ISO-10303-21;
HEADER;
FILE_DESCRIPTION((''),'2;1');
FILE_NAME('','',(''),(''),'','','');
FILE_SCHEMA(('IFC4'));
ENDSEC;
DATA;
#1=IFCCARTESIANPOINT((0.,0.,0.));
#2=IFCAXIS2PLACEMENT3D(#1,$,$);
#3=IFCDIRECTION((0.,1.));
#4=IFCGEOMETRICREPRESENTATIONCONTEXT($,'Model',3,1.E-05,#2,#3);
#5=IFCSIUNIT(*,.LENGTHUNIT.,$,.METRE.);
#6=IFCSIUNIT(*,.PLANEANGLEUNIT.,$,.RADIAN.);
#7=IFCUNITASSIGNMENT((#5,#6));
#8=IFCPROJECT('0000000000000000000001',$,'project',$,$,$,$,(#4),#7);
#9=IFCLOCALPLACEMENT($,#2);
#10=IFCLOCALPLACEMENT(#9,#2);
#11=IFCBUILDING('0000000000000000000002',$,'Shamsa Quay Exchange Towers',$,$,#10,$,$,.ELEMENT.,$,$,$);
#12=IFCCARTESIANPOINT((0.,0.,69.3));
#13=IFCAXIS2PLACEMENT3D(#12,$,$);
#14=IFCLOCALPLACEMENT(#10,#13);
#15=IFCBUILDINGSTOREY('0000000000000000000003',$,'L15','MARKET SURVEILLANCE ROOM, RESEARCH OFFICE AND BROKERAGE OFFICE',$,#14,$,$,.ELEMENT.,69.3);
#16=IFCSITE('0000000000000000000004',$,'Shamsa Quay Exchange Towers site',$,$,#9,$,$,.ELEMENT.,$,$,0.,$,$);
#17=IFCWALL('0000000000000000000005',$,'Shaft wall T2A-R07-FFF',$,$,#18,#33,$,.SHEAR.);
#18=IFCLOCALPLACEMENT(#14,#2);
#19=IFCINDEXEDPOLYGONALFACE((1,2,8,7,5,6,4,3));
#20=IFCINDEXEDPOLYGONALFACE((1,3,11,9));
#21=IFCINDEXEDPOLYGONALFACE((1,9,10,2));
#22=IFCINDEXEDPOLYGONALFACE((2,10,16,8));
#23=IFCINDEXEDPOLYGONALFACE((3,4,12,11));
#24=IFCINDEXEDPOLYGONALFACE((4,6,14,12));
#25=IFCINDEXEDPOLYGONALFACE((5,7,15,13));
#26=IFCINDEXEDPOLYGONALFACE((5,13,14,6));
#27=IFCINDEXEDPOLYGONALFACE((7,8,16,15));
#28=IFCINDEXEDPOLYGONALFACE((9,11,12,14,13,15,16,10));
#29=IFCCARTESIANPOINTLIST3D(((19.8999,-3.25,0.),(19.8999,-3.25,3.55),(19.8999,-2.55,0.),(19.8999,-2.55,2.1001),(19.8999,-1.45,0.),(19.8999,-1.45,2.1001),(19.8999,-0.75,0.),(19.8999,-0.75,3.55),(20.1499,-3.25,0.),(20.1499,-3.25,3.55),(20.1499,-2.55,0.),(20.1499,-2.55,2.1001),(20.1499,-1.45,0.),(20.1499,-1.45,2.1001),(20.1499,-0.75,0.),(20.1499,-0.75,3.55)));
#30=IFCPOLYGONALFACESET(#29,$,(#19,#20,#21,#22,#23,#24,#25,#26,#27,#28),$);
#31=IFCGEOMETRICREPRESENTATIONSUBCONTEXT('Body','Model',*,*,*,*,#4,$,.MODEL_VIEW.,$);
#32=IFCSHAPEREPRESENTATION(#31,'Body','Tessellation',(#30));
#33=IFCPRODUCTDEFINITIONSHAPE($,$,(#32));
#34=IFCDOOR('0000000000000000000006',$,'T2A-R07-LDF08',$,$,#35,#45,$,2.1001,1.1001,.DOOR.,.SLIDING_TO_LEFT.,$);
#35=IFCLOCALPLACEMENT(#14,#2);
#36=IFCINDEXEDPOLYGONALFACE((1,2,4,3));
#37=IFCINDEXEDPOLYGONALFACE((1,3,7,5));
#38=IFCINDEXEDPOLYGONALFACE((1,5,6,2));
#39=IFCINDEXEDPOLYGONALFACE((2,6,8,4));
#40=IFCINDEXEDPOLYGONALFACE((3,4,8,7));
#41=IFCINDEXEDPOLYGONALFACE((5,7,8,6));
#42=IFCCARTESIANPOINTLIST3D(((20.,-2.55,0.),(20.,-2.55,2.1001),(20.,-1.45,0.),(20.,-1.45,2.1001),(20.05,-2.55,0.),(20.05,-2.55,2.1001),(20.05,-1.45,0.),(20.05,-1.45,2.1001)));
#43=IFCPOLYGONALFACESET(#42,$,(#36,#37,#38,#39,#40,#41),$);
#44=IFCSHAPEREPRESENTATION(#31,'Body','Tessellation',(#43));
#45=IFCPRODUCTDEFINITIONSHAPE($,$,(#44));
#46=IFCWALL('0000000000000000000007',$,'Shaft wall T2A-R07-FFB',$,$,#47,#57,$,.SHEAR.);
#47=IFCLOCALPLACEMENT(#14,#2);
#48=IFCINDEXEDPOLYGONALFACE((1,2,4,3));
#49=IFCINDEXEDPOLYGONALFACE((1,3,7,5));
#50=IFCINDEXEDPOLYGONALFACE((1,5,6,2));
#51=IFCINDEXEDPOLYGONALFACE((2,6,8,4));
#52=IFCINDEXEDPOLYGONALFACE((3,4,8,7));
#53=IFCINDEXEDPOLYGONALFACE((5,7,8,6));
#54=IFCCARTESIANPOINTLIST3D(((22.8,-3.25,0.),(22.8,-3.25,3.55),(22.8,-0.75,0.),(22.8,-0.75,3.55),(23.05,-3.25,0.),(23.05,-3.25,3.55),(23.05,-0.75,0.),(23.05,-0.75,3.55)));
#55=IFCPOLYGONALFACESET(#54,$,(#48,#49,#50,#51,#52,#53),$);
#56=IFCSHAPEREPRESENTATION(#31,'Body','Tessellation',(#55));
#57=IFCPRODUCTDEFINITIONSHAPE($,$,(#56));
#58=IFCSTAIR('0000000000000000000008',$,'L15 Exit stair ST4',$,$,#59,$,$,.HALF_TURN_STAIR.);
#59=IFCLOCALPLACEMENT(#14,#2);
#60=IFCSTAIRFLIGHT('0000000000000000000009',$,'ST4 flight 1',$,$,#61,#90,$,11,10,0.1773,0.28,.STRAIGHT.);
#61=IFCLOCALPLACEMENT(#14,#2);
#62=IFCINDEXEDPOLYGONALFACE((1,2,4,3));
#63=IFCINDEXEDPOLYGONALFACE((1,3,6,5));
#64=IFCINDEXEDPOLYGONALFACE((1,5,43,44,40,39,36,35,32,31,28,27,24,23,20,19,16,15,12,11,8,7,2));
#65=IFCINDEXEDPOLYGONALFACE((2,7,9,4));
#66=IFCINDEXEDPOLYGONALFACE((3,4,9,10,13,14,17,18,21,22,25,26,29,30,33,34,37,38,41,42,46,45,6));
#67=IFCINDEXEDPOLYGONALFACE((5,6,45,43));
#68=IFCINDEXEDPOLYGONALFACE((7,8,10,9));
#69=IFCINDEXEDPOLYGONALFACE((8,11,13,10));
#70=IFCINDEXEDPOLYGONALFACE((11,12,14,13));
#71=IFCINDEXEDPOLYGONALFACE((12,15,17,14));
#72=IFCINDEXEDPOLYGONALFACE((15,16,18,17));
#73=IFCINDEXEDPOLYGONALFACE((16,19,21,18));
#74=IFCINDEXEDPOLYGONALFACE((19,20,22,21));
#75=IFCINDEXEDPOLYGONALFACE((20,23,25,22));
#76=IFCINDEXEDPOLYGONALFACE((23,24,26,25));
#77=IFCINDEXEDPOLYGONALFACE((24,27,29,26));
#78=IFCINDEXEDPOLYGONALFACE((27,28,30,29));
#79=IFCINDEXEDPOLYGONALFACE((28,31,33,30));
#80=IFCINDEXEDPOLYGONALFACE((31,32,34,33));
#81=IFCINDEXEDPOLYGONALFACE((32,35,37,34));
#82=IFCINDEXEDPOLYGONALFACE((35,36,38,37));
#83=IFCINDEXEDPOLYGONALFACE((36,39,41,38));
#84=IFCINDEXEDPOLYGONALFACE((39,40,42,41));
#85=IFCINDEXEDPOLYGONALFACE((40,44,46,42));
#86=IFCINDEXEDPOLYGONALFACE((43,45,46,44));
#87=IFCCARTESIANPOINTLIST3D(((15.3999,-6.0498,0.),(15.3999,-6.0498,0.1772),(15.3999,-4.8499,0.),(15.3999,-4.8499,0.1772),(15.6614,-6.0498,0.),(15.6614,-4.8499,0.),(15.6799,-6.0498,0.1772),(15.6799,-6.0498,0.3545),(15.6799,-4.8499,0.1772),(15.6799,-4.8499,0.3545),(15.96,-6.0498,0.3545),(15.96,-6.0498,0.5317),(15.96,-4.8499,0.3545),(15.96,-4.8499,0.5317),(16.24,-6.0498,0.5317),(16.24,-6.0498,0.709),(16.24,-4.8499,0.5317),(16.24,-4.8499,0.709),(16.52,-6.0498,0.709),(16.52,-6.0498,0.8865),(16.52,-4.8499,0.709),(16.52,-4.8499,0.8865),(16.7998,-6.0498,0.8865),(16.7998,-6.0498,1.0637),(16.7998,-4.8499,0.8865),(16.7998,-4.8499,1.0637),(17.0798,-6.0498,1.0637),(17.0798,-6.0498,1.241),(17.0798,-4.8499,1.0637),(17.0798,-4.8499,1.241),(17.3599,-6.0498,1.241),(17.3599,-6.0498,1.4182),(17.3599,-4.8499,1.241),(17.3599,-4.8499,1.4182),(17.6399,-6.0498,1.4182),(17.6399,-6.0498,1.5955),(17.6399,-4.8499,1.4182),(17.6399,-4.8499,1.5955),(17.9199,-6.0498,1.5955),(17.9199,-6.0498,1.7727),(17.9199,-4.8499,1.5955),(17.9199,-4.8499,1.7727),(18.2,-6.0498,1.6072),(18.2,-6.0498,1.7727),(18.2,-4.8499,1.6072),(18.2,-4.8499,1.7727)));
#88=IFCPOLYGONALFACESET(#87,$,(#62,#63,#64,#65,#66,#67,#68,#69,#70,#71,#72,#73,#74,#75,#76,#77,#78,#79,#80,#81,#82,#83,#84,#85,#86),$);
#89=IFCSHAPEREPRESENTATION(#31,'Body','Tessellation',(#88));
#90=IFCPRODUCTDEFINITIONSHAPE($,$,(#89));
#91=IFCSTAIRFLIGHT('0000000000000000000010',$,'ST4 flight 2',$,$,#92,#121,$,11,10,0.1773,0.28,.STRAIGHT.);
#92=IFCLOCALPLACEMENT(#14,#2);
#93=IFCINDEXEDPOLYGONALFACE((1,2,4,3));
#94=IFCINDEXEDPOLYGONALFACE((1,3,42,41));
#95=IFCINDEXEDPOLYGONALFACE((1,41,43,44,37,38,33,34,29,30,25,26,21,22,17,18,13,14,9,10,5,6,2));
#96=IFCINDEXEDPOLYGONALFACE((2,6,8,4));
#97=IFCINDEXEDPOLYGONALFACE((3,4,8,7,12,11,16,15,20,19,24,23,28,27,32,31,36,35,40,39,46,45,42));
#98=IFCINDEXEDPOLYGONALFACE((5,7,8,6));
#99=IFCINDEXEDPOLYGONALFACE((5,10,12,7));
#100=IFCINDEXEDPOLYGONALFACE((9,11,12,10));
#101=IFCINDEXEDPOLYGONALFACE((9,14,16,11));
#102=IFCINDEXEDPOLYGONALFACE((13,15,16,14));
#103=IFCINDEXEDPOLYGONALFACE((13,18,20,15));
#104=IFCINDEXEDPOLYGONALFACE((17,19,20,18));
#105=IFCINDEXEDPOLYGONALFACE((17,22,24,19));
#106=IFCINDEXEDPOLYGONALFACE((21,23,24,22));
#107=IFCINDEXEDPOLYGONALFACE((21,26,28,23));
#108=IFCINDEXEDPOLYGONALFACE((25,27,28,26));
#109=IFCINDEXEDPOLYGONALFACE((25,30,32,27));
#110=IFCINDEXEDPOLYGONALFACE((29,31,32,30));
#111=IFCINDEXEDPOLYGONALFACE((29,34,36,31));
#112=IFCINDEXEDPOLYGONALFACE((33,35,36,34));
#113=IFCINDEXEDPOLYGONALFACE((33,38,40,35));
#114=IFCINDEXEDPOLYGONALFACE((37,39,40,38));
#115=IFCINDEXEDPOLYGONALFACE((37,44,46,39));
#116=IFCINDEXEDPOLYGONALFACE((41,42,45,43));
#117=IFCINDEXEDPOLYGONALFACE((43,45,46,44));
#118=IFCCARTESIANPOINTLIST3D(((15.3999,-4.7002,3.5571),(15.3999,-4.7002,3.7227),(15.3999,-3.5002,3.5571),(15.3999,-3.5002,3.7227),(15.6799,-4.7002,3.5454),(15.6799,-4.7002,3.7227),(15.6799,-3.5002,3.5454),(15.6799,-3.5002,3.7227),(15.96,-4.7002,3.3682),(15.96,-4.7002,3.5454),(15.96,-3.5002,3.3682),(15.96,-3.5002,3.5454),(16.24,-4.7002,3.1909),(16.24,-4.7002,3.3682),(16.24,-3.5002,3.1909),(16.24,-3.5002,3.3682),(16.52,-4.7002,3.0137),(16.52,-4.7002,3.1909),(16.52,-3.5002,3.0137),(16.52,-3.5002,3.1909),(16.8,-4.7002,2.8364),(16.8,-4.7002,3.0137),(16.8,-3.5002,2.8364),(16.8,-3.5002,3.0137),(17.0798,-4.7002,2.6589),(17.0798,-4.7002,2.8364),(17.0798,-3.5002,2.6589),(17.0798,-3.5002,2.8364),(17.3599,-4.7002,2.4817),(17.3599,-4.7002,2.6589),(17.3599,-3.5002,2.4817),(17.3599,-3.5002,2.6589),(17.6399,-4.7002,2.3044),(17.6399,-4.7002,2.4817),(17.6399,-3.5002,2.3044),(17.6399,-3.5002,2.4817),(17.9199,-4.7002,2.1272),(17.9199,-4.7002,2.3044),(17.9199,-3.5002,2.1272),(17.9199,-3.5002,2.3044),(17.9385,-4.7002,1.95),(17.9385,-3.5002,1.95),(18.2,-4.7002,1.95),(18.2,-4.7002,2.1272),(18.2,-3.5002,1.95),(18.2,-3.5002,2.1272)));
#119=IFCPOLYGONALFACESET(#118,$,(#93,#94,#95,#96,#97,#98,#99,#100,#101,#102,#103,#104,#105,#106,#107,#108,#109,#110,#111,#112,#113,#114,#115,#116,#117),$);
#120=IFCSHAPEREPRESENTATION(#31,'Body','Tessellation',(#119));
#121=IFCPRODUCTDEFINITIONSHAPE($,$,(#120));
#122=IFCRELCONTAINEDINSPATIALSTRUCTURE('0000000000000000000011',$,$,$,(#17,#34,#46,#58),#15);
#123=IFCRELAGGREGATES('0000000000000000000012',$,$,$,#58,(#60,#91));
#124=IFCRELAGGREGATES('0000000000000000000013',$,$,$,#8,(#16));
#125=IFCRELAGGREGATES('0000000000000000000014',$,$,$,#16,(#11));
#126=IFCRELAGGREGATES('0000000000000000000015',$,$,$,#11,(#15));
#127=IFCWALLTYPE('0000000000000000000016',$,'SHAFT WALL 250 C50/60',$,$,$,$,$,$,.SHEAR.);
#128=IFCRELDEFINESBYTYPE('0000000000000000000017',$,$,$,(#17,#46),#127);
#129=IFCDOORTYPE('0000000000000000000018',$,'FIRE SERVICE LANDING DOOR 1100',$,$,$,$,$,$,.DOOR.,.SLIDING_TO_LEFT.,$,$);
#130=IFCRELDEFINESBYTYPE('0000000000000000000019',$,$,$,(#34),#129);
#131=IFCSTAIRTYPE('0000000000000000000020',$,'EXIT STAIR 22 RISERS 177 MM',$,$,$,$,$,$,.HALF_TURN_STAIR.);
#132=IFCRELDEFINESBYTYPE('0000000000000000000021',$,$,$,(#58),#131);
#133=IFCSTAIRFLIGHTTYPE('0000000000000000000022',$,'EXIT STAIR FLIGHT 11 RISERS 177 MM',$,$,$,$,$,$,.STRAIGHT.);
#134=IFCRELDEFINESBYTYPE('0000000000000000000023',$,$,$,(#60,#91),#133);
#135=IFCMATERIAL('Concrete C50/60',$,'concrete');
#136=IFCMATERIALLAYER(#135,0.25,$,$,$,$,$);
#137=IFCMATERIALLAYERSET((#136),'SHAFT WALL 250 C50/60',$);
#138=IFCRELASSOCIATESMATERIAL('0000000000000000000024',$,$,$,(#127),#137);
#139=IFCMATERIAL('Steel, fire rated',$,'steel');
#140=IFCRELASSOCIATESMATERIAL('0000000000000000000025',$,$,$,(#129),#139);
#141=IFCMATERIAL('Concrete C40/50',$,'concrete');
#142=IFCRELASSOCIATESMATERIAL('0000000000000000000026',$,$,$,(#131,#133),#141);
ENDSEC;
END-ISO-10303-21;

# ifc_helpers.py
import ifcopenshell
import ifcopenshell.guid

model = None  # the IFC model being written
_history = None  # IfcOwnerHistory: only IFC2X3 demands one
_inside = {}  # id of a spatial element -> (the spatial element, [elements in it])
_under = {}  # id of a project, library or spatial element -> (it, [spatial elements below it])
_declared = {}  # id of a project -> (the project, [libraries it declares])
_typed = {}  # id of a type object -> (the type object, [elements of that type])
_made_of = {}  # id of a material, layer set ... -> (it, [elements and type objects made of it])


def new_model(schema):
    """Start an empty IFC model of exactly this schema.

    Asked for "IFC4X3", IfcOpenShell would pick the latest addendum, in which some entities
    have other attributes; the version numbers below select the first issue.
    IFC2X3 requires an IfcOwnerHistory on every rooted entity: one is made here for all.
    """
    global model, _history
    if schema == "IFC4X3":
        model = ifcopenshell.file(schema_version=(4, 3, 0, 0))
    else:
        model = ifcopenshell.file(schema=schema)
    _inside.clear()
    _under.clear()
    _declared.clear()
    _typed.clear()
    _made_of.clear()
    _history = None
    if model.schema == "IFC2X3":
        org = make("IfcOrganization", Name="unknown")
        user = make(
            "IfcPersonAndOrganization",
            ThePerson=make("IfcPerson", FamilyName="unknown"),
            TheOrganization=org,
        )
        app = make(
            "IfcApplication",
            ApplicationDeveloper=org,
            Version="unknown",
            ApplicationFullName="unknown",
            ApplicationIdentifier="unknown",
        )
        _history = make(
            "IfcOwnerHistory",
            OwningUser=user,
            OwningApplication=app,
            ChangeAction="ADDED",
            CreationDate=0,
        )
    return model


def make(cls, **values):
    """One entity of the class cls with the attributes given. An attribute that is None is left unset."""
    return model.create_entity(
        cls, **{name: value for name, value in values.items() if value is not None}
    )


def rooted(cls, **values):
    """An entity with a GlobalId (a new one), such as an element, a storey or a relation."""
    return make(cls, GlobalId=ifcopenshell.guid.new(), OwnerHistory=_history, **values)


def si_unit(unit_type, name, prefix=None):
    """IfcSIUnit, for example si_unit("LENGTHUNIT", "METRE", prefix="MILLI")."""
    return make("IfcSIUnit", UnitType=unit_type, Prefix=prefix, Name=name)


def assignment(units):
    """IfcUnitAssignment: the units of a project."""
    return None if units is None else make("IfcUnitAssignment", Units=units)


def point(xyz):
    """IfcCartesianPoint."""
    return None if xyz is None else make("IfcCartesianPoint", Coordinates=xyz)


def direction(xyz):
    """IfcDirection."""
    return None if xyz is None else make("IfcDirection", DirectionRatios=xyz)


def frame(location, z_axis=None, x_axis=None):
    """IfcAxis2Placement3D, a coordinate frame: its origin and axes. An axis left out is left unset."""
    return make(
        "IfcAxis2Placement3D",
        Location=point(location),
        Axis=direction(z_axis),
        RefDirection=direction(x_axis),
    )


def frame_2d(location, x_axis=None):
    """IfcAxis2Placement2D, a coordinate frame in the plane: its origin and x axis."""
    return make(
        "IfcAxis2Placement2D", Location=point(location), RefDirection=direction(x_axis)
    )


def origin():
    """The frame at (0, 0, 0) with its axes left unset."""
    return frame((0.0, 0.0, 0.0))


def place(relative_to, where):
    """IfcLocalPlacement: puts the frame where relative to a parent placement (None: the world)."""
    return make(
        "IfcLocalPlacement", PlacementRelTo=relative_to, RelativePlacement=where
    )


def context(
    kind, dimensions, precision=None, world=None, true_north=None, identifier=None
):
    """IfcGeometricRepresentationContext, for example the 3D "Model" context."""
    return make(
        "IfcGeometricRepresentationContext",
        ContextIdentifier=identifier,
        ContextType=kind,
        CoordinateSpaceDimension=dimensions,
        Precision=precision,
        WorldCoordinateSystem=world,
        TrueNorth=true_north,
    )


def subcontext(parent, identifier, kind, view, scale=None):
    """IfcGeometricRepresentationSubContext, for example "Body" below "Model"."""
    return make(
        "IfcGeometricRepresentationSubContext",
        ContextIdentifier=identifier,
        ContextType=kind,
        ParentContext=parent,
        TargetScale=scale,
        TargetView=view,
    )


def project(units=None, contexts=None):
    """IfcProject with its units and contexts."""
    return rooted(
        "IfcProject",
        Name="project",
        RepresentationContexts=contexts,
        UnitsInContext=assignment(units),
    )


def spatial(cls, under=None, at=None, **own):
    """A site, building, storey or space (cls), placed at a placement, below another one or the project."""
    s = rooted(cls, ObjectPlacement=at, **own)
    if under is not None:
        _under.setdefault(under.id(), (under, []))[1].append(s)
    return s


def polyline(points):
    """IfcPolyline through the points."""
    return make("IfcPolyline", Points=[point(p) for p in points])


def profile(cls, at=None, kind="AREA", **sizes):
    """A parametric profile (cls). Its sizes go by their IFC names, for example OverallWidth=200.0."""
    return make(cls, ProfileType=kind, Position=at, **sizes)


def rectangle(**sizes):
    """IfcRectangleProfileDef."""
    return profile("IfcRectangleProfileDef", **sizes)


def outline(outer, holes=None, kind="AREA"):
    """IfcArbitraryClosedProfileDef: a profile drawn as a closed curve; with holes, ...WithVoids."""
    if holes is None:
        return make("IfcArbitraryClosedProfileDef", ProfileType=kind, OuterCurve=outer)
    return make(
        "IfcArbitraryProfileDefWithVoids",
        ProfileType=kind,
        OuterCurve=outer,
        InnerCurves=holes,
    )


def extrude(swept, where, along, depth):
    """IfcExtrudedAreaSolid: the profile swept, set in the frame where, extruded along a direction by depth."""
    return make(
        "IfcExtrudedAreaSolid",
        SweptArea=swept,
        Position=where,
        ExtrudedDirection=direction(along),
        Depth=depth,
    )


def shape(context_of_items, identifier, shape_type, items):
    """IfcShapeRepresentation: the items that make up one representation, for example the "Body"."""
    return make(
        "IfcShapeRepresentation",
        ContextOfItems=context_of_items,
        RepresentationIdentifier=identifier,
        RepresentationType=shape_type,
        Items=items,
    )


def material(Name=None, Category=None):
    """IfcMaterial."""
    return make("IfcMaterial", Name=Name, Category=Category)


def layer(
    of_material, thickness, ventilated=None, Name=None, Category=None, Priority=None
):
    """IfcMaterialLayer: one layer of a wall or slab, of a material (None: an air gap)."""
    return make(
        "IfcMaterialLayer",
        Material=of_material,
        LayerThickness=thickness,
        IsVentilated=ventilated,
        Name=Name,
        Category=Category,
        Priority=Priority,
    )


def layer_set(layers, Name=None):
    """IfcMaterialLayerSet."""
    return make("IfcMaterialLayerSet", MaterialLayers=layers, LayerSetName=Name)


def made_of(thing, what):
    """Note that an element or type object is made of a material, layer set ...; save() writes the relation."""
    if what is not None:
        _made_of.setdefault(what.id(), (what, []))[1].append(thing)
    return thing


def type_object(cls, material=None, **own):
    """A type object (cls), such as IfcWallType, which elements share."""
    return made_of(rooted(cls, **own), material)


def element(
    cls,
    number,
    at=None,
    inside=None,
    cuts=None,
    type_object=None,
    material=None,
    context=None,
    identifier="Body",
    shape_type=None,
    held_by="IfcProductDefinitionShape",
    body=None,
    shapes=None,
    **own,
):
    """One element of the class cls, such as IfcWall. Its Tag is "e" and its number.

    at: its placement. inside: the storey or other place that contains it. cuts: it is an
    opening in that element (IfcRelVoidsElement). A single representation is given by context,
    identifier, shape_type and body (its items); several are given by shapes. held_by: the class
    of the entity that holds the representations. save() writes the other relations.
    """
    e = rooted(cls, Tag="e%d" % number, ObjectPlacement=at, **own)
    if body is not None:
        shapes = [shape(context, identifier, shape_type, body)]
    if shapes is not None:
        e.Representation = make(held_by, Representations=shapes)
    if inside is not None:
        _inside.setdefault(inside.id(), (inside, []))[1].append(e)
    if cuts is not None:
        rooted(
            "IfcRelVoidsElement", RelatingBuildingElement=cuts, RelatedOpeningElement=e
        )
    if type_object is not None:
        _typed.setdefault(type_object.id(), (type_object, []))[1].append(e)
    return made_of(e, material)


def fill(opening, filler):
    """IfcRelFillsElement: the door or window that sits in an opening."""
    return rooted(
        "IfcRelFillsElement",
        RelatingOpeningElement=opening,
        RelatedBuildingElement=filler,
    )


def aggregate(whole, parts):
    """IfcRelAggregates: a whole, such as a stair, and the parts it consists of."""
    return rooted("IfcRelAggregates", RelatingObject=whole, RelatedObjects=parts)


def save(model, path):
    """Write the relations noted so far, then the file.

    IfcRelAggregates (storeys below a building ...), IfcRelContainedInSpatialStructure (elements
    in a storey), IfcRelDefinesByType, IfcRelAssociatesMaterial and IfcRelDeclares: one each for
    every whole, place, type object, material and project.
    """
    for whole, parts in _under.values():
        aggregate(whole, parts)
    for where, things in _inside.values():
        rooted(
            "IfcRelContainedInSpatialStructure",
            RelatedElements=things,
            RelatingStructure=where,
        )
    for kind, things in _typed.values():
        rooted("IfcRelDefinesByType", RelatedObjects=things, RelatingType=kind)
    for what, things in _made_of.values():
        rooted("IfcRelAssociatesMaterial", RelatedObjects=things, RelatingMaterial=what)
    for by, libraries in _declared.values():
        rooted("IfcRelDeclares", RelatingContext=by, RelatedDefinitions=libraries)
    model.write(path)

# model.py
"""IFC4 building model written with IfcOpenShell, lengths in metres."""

from ifc_helpers import new_model, si_unit, direction, frame, frame_2d, origin, place, context, subcontext, project, spatial, polyline, rectangle, outline, extrude, material, layer, layer_set, type_object, element, fill, aggregate, save


model = new_model("IFC4")

# Units and contexts
model_context = context("Model", 3, precision=1e-05, world=origin(), true_north=direction((0.0, 1.0)))
body_context = subcontext(model_context, "Body", "Model", "MODEL_VIEW")
ifc_project = project(units=[si_unit("LENGTHUNIT", "METRE"), si_unit("PLANEANGLEUNIT", "RADIAN")], contexts=[model_context])

# Site, building, storey
site_placement = place(None, origin())
site = spatial("IfcSite", under=ifc_project, at=site_placement, Name="Shamsa Quay Exchange Towers site", CompositionType="ELEMENT", RefElevation=0.0)
building_placement = place(site_placement, origin())
building = spatial("IfcBuilding", under=site, at=building_placement, Name="Shamsa Quay Exchange Towers", CompositionType="ELEMENT")
storey_placement = place(building_placement, frame((0.0, 0.0, 69.3)))
storey = spatial("IfcBuildingStorey", under=building, at=storey_placement, Name="L15", Description="MARKET SURVEILLANCE ROOM, RESEARCH OFFICE AND BROKERAGE OFFICE", CompositionType="ELEMENT", Elevation=69.3)

# Shared definitions
ifc_material_1 = material(Name="Concrete C50/60", Category="concrete")
ifc_layer_1 = layer(ifc_material_1, 0.25)
ifc_layer_set_1 = layer_set([ifc_layer_1], Name="SHAFT WALL 250 C50/60")
wall_type_1 = type_object("IfcWallType", Name="SHAFT WALL 250 C50/60", PredefinedType="SHEAR", material=ifc_layer_set_1)
ifc_material_2 = material(Name="Steel, fire rated", Category="steel")

# Wall, opening, door
wall_1_placement = place(storey_placement, frame((20.0249, -3.25, 0.0), z_axis=(0.0, 0.0, 1.0), x_axis=(0.0, 1.0, 0.0)))
wall_1 = element("IfcWall", 1, at=wall_1_placement, inside=storey, type_object=wall_type_1, Name="Shaft wall T2A-R07-FFF", PredefinedType="SHEAR", context=body_context, shape_type="SweptSolid", body=[
    extrude(rectangle(XDim=2.5, YDim=0.25, at=frame_2d((1.25, 0.0))), origin(), (0.0, 0.0, 1.0), 3.55),
])
opening_1_placement = place(wall_1_placement, frame((0.7, 0.0, 0.0)))
opening_1 = element("IfcOpeningElement", 2, at=opening_1_placement, cuts=wall_1, PredefinedType="OPENING", context=body_context, shape_type="SweptSolid", body=[
    extrude(rectangle(XDim=1.1001, YDim=2.1001, at=frame_2d((0.55, 1.05))), frame((0.0, 0.135, 0.0), z_axis=(0.0, -1.0, 0.0), x_axis=(1.0, 0.0, 0.0)), (0.0, 0.0, 1.0), 0.27),
])
door_type_1 = type_object("IfcDoorType", Name="FIRE SERVICE LANDING DOOR 1100", OperationType="SLIDING_TO_LEFT", PredefinedType="DOOR", material=ifc_material_2)
door_1_placement = place(opening_1_placement, origin())
door_1 = element("IfcDoor", 3, at=door_1_placement, inside=storey, type_object=door_type_1, Name="T2A-R07-LDF08", OperationType="SLIDING_TO_LEFT", OverallHeight=2.1001, OverallWidth=1.1001, PredefinedType="DOOR", context=body_context, shape_type="SweptSolid", body=[
    extrude(rectangle(XDim=1.1001, YDim=2.1001, at=frame_2d((0.55, 1.05))), frame((0.0, 0.0249, 0.0), z_axis=(0.0, -1.0, 0.0), x_axis=(1.0, 0.0, 0.0)), (0.0, 0.0, 1.0), 0.05),
])
fill(opening_1, door_1)

# Wall
wall_2_placement = place(storey_placement, frame((22.925, -3.25, 0.0), z_axis=(0.0, 0.0, 1.0), x_axis=(0.0, 1.0, 0.0)))
element("IfcWall", 4, at=wall_2_placement, inside=storey, type_object=wall_type_1, Name="Shaft wall T2A-R07-FFB", PredefinedType="SHEAR", context=body_context, shape_type="SweptSolid", body=[
    extrude(rectangle(XDim=2.5, YDim=0.25, at=frame_2d((1.25, 0.0))), origin(), (0.0, 0.0, 1.0), 3.55),
])

# Stair, stair flights
ifc_material_3 = material(Name="Concrete C40/50", Category="concrete")
stair_type = type_object("IfcStairType", Name="EXIT STAIR 22 RISERS 177 MM", PredefinedType="HALF_TURN_STAIR", material=ifc_material_3)
stair_placement = place(storey_placement, origin())
stair = element("IfcStair", 5, at=stair_placement, inside=storey, type_object=stair_type, Name="L15 Exit stair ST4", PredefinedType="HALF_TURN_STAIR")
stair_flight_type = type_object("IfcStairFlightType", Name="EXIT STAIR FLIGHT 11 RISERS 177 MM", PredefinedType="STRAIGHT", material=ifc_material_3)
stair_flight_1_placement = place(storey_placement, frame((15.3999, -5.45, 0.0)))
stair_flight_1 = element("IfcStairFlight", 6, at=stair_flight_1_placement, type_object=stair_flight_type, Name="ST4 flight 1", NumberOfRisers=11, NumberOfTreads=10, PredefinedType="STRAIGHT", RiserHeight=0.1773, TreadLength=0.28, context=body_context, shape_type="SweptSolid", body=[
    extrude(outline(polyline([(0.0, 0.0), (0.0, 0.1772), (0.28, 0.1772), (0.28, 0.3545), (0.5601, 0.3545), (0.5601, 0.5317), (0.8401, 0.5317), (0.8401, 0.709), (1.1201, 0.709), (1.1201, 0.8865), (1.3999, 0.8865), (1.3999, 1.0637), (1.6799, 1.0637), (1.6799, 1.241), (1.96, 1.241), (1.96, 1.4182), (2.24, 1.4182), (2.24, 1.5955), (2.52, 1.5955), (2.52, 1.7727), (2.8, 1.7727), (2.8, 1.95), (2.8, 1.6072), (0.2615, 0.0), (0.0, 0.0)])), frame((0.0, 0.6001, 0.0), z_axis=(0.0, -1.0, 0.0), x_axis=(1.0, 0.0, 0.0)), (0.0, 0.0, 1.0), 1.2),
])
stair_flight_2_placement = place(storey_placement, frame((18.2, -4.1001, 1.95), z_axis=(0.0, 0.0, 1.0), x_axis=(-1.0, 0.0, 0.0)))
stair_flight_2 = element("IfcStairFlight", 7, at=stair_flight_2_placement, type_object=stair_flight_type, Name="ST4 flight 2", NumberOfRisers=11, NumberOfTreads=10, PredefinedType="STRAIGHT", RiserHeight=0.1773, TreadLength=0.28, context=body_context, shape_type="SweptSolid", body=[
    extrude(outline(polyline([(0.0, 0.0), (0.0, 0.1772), (0.28, 0.1772), (0.28, 0.3545), (0.5601, 0.3545), (0.5601, 0.5317), (0.8401, 0.5317), (0.8401, 0.709), (1.1201, 0.709), (1.1201, 0.8865), (1.3999, 0.8865), (1.3999, 1.0637), (1.6799, 1.0637), (1.6799, 1.241), (1.96, 1.241), (1.96, 1.4182), (2.24, 1.4182), (2.24, 1.5955), (2.52, 1.5955), (2.52, 1.7727), (2.8, 1.7727), (2.8, 1.95), (2.8, 1.6072), (0.2615, 0.0), (0.0, 0.0)])), frame((0.0, 0.6001, 0.0), z_axis=(0.0, -1.0, 0.0), x_axis=(1.0, 0.0, 0.0)), (0.0, 0.0, 1.0), 1.2),
])
aggregate(stair, [stair_flight_1, stair_flight_2])

save(model, "model.ifc")
